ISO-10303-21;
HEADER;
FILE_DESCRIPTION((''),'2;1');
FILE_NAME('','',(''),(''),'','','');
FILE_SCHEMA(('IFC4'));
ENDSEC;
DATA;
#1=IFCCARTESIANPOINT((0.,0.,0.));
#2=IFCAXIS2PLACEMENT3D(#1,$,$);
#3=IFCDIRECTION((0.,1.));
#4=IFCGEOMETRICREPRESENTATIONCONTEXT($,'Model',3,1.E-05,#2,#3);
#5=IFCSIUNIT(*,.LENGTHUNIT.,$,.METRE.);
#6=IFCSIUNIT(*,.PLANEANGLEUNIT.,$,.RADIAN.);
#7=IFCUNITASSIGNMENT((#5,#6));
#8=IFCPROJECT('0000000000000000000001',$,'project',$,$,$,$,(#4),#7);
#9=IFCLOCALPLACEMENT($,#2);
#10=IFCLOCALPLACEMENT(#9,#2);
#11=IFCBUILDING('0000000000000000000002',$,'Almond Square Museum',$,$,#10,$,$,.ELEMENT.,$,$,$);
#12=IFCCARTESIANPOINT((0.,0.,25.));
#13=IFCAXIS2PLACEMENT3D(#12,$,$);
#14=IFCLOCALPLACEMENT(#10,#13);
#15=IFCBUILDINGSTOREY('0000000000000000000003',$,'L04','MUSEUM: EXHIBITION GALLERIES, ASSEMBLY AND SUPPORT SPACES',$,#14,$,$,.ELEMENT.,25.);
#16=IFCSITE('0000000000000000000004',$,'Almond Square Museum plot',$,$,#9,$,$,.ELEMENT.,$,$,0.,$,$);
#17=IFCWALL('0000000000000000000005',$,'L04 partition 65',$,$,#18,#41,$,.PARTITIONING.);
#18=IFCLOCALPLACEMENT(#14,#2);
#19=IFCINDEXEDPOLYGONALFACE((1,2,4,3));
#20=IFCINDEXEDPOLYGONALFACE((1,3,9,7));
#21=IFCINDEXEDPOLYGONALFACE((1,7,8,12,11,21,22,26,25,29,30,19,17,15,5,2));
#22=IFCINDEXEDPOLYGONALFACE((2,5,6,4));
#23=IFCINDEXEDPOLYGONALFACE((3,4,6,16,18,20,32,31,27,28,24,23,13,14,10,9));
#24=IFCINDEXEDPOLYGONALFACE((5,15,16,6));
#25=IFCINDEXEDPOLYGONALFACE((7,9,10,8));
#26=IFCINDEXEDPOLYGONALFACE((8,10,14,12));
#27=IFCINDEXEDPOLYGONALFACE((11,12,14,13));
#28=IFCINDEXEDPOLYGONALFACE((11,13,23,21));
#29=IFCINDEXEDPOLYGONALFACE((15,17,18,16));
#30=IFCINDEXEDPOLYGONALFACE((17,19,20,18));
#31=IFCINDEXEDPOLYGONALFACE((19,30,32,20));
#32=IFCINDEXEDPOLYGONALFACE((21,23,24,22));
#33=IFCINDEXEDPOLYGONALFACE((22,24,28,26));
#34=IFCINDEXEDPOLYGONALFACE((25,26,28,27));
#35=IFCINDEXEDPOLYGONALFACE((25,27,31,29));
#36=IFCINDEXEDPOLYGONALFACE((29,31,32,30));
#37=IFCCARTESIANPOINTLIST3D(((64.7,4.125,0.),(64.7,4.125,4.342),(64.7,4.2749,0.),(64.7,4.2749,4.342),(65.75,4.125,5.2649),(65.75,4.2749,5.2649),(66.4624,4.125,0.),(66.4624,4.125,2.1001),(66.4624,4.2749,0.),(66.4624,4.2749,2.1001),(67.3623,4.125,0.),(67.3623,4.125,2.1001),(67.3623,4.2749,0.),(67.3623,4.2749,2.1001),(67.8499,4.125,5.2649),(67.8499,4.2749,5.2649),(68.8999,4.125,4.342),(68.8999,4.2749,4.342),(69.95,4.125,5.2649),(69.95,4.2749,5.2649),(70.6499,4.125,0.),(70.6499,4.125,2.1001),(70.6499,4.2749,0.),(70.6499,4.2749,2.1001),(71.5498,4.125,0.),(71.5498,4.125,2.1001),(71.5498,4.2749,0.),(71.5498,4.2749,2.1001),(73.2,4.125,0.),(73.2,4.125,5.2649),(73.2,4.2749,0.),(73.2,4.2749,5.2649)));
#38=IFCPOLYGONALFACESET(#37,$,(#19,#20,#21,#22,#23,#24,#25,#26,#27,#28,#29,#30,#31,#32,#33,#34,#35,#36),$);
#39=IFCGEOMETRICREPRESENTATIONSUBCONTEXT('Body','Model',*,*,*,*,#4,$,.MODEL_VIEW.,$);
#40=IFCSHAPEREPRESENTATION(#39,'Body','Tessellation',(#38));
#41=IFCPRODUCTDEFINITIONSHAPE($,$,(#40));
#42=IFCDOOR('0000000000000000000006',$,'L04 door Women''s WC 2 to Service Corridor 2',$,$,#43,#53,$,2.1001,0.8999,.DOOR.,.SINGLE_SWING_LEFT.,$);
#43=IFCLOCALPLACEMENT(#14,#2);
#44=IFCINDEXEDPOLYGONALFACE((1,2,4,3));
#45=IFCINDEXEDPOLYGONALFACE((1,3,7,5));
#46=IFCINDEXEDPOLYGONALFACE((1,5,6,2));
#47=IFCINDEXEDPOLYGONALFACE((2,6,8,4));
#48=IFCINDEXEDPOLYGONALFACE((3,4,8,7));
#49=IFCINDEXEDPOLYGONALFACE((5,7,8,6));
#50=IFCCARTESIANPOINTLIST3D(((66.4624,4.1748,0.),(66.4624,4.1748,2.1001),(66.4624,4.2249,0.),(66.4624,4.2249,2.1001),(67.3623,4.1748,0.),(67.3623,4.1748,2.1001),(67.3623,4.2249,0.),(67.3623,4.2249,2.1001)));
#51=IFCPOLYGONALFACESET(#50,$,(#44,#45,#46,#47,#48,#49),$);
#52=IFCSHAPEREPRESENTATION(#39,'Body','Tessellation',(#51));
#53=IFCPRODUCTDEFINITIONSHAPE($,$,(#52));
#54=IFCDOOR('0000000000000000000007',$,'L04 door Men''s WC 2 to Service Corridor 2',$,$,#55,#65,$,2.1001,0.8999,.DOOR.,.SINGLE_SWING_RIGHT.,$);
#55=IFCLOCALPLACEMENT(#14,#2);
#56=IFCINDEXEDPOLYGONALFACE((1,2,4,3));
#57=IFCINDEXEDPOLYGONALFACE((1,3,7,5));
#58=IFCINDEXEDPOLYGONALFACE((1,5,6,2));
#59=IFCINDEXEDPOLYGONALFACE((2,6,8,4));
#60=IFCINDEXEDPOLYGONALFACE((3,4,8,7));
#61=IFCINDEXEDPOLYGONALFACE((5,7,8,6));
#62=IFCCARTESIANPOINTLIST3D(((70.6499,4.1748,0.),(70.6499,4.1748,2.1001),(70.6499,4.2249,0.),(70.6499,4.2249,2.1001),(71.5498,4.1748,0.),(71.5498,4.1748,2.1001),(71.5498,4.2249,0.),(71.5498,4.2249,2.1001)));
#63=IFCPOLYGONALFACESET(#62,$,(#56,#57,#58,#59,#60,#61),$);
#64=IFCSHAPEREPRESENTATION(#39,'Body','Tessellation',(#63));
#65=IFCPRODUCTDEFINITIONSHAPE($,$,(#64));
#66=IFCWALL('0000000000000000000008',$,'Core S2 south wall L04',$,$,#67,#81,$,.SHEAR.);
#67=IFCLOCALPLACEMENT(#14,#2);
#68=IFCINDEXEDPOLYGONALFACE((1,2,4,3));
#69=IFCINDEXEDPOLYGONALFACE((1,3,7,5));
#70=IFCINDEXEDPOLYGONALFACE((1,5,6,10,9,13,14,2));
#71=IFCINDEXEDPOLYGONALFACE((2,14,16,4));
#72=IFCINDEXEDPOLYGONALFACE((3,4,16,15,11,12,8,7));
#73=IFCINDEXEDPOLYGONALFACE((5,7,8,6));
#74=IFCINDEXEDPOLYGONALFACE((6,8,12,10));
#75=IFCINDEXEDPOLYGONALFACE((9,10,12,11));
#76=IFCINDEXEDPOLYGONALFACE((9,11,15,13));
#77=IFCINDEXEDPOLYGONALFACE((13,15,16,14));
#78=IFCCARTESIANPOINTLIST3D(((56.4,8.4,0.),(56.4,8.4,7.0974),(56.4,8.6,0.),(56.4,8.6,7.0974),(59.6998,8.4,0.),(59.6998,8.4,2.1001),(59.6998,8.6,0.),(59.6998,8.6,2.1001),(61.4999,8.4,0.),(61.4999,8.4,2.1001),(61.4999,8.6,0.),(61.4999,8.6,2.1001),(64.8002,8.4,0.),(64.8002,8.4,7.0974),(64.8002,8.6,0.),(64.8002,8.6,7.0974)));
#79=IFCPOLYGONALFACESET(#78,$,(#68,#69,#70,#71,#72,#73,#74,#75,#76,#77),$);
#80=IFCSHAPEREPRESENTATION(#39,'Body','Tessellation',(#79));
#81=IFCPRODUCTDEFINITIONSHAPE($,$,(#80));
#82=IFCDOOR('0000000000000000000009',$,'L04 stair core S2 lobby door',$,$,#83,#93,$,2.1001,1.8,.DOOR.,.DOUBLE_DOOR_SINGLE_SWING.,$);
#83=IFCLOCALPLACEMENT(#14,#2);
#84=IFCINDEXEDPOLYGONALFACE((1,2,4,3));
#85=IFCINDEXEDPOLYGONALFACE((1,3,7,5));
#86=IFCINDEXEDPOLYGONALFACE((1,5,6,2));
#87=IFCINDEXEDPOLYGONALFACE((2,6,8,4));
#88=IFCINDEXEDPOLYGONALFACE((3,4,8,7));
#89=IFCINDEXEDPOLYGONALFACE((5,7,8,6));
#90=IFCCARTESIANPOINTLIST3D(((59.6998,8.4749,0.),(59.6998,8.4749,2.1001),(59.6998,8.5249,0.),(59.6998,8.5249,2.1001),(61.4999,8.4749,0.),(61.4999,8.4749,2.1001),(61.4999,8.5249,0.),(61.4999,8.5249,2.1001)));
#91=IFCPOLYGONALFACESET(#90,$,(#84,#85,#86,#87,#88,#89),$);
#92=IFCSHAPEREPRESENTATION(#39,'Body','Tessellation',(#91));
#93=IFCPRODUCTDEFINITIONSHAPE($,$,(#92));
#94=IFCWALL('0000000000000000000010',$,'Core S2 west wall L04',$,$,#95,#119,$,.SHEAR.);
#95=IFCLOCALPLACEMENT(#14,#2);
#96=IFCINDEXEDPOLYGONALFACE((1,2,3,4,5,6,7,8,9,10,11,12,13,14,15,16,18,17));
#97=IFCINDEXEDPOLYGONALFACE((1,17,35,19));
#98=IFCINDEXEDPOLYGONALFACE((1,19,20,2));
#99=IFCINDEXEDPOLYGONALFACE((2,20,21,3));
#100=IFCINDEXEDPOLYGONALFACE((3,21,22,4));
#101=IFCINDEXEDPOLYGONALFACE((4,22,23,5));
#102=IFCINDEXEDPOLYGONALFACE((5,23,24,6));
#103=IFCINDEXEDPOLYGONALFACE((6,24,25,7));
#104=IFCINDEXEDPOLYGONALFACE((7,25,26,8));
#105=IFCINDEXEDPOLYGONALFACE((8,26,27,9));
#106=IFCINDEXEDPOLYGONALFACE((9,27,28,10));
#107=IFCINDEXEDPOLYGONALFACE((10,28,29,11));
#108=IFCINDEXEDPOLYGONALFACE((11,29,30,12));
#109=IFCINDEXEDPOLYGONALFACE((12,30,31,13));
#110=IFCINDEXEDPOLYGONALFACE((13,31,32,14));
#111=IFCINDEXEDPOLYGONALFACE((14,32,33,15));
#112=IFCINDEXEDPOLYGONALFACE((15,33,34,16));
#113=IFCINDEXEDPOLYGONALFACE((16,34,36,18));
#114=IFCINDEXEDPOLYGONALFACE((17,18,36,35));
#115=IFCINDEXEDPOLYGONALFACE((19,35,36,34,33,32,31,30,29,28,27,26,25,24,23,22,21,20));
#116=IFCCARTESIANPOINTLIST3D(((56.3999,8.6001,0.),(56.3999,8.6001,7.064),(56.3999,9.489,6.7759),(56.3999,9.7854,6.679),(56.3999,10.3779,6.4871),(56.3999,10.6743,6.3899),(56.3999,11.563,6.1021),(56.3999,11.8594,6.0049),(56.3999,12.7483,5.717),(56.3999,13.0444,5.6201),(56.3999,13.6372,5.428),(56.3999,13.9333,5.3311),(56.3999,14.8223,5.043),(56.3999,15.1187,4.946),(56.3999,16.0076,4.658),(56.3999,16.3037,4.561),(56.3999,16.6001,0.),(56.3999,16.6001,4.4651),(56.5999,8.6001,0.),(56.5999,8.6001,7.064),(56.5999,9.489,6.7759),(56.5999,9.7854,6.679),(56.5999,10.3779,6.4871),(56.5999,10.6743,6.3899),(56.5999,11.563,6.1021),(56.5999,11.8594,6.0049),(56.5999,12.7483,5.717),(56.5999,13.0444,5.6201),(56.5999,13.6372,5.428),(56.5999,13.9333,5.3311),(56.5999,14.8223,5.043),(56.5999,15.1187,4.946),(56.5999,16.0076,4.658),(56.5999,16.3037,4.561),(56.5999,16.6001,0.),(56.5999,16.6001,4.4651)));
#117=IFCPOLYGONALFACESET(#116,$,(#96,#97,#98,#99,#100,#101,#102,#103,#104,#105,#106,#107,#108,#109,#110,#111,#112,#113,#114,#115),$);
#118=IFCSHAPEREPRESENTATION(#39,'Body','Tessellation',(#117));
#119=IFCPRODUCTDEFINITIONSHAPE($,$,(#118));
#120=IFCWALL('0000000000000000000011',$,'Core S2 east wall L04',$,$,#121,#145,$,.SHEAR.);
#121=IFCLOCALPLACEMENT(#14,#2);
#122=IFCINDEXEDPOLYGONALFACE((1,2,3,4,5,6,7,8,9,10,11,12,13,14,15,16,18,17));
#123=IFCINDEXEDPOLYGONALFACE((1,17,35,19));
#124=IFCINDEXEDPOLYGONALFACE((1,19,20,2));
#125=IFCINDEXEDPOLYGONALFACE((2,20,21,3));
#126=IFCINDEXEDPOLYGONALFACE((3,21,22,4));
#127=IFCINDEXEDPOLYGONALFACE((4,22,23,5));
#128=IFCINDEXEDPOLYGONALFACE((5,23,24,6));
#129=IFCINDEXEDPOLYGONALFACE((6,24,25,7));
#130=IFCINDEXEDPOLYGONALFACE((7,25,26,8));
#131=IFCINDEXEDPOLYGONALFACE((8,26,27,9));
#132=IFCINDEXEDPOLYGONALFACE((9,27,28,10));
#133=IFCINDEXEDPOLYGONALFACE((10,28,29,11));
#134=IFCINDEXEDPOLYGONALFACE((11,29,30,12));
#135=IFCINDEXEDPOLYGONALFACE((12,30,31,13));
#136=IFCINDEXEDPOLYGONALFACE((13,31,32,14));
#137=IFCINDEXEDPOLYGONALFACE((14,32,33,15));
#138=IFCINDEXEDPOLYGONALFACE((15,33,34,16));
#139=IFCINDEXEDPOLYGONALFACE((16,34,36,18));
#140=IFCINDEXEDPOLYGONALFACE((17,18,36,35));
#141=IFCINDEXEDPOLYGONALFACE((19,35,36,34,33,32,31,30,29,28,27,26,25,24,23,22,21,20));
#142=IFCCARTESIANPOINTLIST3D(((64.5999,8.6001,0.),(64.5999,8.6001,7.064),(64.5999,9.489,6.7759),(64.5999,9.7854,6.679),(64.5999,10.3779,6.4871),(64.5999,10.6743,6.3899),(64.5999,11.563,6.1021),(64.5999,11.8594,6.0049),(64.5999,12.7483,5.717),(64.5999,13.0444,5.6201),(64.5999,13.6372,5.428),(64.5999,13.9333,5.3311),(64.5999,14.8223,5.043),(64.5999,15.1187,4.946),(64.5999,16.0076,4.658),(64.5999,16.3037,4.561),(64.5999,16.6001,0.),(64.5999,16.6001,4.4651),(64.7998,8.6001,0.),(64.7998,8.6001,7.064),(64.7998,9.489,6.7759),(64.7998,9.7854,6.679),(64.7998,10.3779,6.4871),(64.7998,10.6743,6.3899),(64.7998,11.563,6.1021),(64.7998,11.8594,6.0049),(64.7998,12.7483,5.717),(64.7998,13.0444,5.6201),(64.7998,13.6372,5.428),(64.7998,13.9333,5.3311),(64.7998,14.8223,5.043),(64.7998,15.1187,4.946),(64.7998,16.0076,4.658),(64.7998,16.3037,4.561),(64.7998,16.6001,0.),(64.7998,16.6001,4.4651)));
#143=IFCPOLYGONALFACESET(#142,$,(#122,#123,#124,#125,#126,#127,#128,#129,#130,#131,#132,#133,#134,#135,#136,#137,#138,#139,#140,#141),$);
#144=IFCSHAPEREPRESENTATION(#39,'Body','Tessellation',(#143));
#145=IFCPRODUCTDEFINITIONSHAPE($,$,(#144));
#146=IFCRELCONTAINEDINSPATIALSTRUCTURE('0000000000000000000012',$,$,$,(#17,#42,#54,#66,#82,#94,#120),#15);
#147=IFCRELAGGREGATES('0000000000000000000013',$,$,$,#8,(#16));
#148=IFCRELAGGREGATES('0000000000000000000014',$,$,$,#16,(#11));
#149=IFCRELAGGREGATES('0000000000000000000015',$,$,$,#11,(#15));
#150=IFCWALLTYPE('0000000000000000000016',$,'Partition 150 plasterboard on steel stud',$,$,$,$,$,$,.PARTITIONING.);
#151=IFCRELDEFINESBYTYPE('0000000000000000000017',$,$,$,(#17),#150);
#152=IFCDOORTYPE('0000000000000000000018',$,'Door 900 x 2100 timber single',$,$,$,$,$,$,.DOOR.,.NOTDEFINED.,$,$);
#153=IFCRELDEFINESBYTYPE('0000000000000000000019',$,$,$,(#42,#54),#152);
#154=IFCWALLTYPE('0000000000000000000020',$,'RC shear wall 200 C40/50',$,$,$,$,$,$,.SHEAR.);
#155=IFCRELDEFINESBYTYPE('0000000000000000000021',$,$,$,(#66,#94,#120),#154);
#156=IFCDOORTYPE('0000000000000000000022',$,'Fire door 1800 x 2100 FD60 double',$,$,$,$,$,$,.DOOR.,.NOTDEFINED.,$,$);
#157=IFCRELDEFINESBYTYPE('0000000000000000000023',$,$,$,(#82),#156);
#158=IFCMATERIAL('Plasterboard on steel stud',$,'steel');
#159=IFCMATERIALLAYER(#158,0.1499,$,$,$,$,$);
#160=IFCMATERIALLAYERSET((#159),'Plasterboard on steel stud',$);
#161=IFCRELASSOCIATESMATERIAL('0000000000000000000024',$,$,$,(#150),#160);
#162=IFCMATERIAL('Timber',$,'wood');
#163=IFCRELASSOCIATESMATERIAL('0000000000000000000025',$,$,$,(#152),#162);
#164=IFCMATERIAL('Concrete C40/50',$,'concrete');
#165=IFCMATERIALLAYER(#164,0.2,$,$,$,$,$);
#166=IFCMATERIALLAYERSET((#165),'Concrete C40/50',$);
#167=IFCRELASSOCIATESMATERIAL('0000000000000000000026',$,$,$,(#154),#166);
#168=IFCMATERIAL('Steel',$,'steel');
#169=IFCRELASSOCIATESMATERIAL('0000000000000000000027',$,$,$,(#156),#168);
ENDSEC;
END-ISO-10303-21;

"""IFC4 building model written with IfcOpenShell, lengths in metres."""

from ifc_helpers import new_model, si_unit, direction, frame, frame_2d, origin, place, context, subcontext, project, spatial, polyline, rectangle, outline, extrude, material, layer, layer_set, type_object, element, fill, save


model = new_model("IFC4")

# Units and contexts
model_context = context("Model", 3, precision=1e-05, world=origin(), true_north=direction((0.0, 1.0)))
body_context = subcontext(model_context, "Body", "Model", "MODEL_VIEW")
ifc_project = project(units=[si_unit("LENGTHUNIT", "METRE"), si_unit("PLANEANGLEUNIT", "RADIAN")], contexts=[model_context])

# Site, building, storey
site_placement = place(None, origin())
site = spatial("IfcSite", under=ifc_project, at=site_placement, Name="Almond Square Museum plot", CompositionType="ELEMENT", RefElevation=0.0)
building_placement = place(site_placement, origin())
building = spatial("IfcBuilding", under=site, at=building_placement, Name="Almond Square Museum", CompositionType="ELEMENT")
storey_placement = place(building_placement, frame((0.0, 0.0, 25.0)))
storey = spatial("IfcBuildingStorey", under=building, at=storey_placement, Name="L04", Description="MUSEUM: EXHIBITION GALLERIES, ASSEMBLY AND SUPPORT SPACES", CompositionType="ELEMENT", Elevation=25.0)

# Wall, openings, doors
ifc_material_1 = material(Name="Plasterboard on steel stud", Category="steel")
ifc_layer_1 = layer(ifc_material_1, 0.1499)
ifc_layer_set_1 = layer_set([ifc_layer_1], Name="Plasterboard on steel stud")
wall_type_1 = type_object("IfcWallType", Name="Partition 150 plasterboard on steel stud", PredefinedType="PARTITIONING", material=ifc_layer_set_1)
wall_1_placement = place(storey_placement, frame((64.7, 4.2, 0.0), z_axis=(0.0, 0.0, 1.0), x_axis=(1.0, 0.0, 0.0)))
wall_1 = element("IfcWall", 1, at=wall_1_placement, inside=storey, type_object=wall_type_1, Name="L04 partition 65", PredefinedType="PARTITIONING", context=body_context, shape_type="SweptSolid", body=[
    extrude(outline(polyline([(0.0, 0.0), (8.5, 0.0), (8.5, 5.2649), (5.25, 5.2649), (4.2, 4.342), (3.1499, 5.2649), (1.05, 5.2649), (0.0, 4.342), (0.0, 0.0)])), frame((0.0, 0.075, 0.0), z_axis=(0.0, -1.0, 0.0), x_axis=(1.0, 0.0, 0.0)), (0.0, 0.0, 1.0), 0.1499),
])
opening_1_placement = place(wall_1_placement, frame((1.7625, 0.0, 0.0)))
opening_1 = element("IfcOpeningElement", 2, at=opening_1_placement, cuts=wall_1, PredefinedType="OPENING", context=body_context, shape_type="SweptSolid", body=[
    extrude(rectangle(XDim=0.8999, YDim=2.1001, at=frame_2d((0.45, 1.05))), frame((0.0, 0.085, 0.0), z_axis=(0.0, -1.0, 0.0), x_axis=(1.0, 0.0, 0.0)), (0.0, 0.0, 1.0), 0.1699),
])
opening_2_placement = place(wall_1_placement, frame((5.95, 0.0, 0.0)))
opening_2 = element("IfcOpeningElement", 3, at=opening_2_placement, cuts=wall_1, PredefinedType="OPENING", context=body_context, shape_type="SweptSolid", body=[
    extrude(rectangle(XDim=0.8999, YDim=2.1001, at=frame_2d((0.45, 1.05))), frame((0.0, 0.085, 0.0), z_axis=(0.0, -1.0, 0.0), x_axis=(1.0, 0.0, 0.0)), (0.0, 0.0, 1.0), 0.1699),
])
ifc_material_2 = material(Name="Timber", Category="wood")
door_type_1 = type_object("IfcDoorType", Name="Door 900 x 2100 timber single", OperationType="NOTDEFINED", PredefinedType="DOOR", material=ifc_material_2)
door_1_placement = place(opening_1_placement, origin())
door_1 = element("IfcDoor", 4, at=door_1_placement, inside=storey, type_object=door_type_1, Name="L04 door Women's WC 2 to Service Corridor 2", OperationType="SINGLE_SWING_LEFT", OverallHeight=2.1001, OverallWidth=0.8999, PredefinedType="DOOR", context=body_context, shape_type="SweptSolid", body=[
    extrude(rectangle(XDim=0.8999, YDim=2.1001, at=frame_2d((0.45, 1.05))), frame((0.0, 0.0249, 0.0), z_axis=(0.0, -1.0, 0.0), x_axis=(1.0, 0.0, 0.0)), (0.0, 0.0, 1.0), 0.05),
])
fill(opening_1, door_1)
door_2_placement = place(opening_2_placement, origin())
door_2 = element("IfcDoor", 5, at=door_2_placement, inside=storey, type_object=door_type_1, Name="L04 door Men's WC 2 to Service Corridor 2", OperationType="SINGLE_SWING_RIGHT", OverallHeight=2.1001, OverallWidth=0.8999, PredefinedType="DOOR", context=body_context, shape_type="SweptSolid", body=[
    extrude(rectangle(XDim=0.8999, YDim=2.1001, at=frame_2d((0.45, 1.05))), frame((0.0, 0.0249, 0.0), z_axis=(0.0, -1.0, 0.0), x_axis=(1.0, 0.0, 0.0)), (0.0, 0.0, 1.0), 0.05),
])
fill(opening_2, door_2)

# Wall, opening, door
ifc_material_3 = material(Name="Concrete C40/50", Category="concrete")
ifc_layer_2 = layer(ifc_material_3, 0.2)
ifc_layer_set_2 = layer_set([ifc_layer_2], Name="Concrete C40/50")
wall_type_2 = type_object("IfcWallType", Name="RC shear wall 200 C40/50", PredefinedType="SHEAR", material=ifc_layer_set_2)
wall_2_placement = place(storey_placement, frame((56.3999, 8.5, 0.0), z_axis=(0.0, 0.0, 1.0), x_axis=(1.0, 0.0, 0.0)))
wall_2 = element("IfcWall", 6, at=wall_2_placement, inside=storey, type_object=wall_type_2, Name="Core S2 south wall L04", PredefinedType="SHEAR", context=body_context, shape_type="SweptSolid", body=[
    extrude(rectangle(XDim=8.4001, YDim=0.2, at=frame_2d((4.2002, 0.0))), origin(), (0.0, 0.0, 1.0), 7.0974),
])
opening_3_placement = place(wall_2_placement, frame((3.3, 0.0, 0.0)))
opening_3 = element("IfcOpeningElement", 7, at=opening_3_placement, cuts=wall_2, PredefinedType="OPENING", context=body_context, shape_type="SweptSolid", body=[
    extrude(rectangle(XDim=1.8, YDim=2.1001, at=frame_2d((0.8999, 1.05))), frame((0.0, 0.1099, 0.0), z_axis=(0.0, -1.0, 0.0), x_axis=(1.0, 0.0, 0.0)), (0.0, 0.0, 1.0), 0.22),
])
ifc_material_4 = material(Name="Steel", Category="steel")
door_type_2 = type_object("IfcDoorType", Name="Fire door 1800 x 2100 FD60 double", OperationType="NOTDEFINED", PredefinedType="DOOR", material=ifc_material_4)
door_3_placement = place(opening_3_placement, origin())
door_3 = element("IfcDoor", 8, at=door_3_placement, inside=storey, type_object=door_type_2, Name="L04 stair core S2 lobby door", OperationType="DOUBLE_DOOR_SINGLE_SWING", OverallHeight=2.1001, OverallWidth=1.8, PredefinedType="DOOR", context=body_context, shape_type="SweptSolid", body=[
    extrude(rectangle(XDim=1.8, YDim=2.1001, at=frame_2d((0.8999, 1.05))), frame((0.0, 0.0249, 0.0), z_axis=(0.0, -1.0, 0.0), x_axis=(1.0, 0.0, 0.0)), (0.0, 0.0, 1.0), 0.05),
])
fill(opening_3, door_3)

# Walls
for number, where, z_axis, x_axis, name in (
    (9, (56.5, 8.6001, 0.0), (0.0, 0.0, 1.0), (0.0, 1.0, 0.0), "Core S2 west wall L04"),
    (10, (64.7, 8.6001, 0.0), (0.0, 0.0, 1.0), (0.0, 1.0, 0.0), "Core S2 east wall L04"),
):
    element("IfcWall", number, at=place(storey_placement, frame(where, z_axis=z_axis, x_axis=x_axis)), inside=storey, type_object=wall_type_2, Name=name, PredefinedType="SHEAR", context=body_context, shape_type="SweptSolid", body=[
        extrude(outline(polyline([(0.0, 0.0), (8.0, 0.0), (8.0, 4.4651), (7.7036, 4.561), (7.4075, 4.658), (6.5186, 4.946), (6.2222, 5.043), (5.3333, 5.3311), (5.0371, 5.428), (4.4443, 5.6201), (4.1482, 5.717), (3.2593, 6.0049), (2.9629, 6.1021), (2.0742, 6.3899), (1.7778, 6.4871), (1.1853, 6.679), (0.8889, 6.7759), (0.0, 7.064), (0.0, 0.0)])), frame((0.0, 0.1001, 0.0), z_axis=(0.0, -1.0, 0.0), x_axis=(1.0, 0.0, 0.0)), (0.0, 0.0, 1.0), 0.2),
    ])

save(model, "model.ifc")
